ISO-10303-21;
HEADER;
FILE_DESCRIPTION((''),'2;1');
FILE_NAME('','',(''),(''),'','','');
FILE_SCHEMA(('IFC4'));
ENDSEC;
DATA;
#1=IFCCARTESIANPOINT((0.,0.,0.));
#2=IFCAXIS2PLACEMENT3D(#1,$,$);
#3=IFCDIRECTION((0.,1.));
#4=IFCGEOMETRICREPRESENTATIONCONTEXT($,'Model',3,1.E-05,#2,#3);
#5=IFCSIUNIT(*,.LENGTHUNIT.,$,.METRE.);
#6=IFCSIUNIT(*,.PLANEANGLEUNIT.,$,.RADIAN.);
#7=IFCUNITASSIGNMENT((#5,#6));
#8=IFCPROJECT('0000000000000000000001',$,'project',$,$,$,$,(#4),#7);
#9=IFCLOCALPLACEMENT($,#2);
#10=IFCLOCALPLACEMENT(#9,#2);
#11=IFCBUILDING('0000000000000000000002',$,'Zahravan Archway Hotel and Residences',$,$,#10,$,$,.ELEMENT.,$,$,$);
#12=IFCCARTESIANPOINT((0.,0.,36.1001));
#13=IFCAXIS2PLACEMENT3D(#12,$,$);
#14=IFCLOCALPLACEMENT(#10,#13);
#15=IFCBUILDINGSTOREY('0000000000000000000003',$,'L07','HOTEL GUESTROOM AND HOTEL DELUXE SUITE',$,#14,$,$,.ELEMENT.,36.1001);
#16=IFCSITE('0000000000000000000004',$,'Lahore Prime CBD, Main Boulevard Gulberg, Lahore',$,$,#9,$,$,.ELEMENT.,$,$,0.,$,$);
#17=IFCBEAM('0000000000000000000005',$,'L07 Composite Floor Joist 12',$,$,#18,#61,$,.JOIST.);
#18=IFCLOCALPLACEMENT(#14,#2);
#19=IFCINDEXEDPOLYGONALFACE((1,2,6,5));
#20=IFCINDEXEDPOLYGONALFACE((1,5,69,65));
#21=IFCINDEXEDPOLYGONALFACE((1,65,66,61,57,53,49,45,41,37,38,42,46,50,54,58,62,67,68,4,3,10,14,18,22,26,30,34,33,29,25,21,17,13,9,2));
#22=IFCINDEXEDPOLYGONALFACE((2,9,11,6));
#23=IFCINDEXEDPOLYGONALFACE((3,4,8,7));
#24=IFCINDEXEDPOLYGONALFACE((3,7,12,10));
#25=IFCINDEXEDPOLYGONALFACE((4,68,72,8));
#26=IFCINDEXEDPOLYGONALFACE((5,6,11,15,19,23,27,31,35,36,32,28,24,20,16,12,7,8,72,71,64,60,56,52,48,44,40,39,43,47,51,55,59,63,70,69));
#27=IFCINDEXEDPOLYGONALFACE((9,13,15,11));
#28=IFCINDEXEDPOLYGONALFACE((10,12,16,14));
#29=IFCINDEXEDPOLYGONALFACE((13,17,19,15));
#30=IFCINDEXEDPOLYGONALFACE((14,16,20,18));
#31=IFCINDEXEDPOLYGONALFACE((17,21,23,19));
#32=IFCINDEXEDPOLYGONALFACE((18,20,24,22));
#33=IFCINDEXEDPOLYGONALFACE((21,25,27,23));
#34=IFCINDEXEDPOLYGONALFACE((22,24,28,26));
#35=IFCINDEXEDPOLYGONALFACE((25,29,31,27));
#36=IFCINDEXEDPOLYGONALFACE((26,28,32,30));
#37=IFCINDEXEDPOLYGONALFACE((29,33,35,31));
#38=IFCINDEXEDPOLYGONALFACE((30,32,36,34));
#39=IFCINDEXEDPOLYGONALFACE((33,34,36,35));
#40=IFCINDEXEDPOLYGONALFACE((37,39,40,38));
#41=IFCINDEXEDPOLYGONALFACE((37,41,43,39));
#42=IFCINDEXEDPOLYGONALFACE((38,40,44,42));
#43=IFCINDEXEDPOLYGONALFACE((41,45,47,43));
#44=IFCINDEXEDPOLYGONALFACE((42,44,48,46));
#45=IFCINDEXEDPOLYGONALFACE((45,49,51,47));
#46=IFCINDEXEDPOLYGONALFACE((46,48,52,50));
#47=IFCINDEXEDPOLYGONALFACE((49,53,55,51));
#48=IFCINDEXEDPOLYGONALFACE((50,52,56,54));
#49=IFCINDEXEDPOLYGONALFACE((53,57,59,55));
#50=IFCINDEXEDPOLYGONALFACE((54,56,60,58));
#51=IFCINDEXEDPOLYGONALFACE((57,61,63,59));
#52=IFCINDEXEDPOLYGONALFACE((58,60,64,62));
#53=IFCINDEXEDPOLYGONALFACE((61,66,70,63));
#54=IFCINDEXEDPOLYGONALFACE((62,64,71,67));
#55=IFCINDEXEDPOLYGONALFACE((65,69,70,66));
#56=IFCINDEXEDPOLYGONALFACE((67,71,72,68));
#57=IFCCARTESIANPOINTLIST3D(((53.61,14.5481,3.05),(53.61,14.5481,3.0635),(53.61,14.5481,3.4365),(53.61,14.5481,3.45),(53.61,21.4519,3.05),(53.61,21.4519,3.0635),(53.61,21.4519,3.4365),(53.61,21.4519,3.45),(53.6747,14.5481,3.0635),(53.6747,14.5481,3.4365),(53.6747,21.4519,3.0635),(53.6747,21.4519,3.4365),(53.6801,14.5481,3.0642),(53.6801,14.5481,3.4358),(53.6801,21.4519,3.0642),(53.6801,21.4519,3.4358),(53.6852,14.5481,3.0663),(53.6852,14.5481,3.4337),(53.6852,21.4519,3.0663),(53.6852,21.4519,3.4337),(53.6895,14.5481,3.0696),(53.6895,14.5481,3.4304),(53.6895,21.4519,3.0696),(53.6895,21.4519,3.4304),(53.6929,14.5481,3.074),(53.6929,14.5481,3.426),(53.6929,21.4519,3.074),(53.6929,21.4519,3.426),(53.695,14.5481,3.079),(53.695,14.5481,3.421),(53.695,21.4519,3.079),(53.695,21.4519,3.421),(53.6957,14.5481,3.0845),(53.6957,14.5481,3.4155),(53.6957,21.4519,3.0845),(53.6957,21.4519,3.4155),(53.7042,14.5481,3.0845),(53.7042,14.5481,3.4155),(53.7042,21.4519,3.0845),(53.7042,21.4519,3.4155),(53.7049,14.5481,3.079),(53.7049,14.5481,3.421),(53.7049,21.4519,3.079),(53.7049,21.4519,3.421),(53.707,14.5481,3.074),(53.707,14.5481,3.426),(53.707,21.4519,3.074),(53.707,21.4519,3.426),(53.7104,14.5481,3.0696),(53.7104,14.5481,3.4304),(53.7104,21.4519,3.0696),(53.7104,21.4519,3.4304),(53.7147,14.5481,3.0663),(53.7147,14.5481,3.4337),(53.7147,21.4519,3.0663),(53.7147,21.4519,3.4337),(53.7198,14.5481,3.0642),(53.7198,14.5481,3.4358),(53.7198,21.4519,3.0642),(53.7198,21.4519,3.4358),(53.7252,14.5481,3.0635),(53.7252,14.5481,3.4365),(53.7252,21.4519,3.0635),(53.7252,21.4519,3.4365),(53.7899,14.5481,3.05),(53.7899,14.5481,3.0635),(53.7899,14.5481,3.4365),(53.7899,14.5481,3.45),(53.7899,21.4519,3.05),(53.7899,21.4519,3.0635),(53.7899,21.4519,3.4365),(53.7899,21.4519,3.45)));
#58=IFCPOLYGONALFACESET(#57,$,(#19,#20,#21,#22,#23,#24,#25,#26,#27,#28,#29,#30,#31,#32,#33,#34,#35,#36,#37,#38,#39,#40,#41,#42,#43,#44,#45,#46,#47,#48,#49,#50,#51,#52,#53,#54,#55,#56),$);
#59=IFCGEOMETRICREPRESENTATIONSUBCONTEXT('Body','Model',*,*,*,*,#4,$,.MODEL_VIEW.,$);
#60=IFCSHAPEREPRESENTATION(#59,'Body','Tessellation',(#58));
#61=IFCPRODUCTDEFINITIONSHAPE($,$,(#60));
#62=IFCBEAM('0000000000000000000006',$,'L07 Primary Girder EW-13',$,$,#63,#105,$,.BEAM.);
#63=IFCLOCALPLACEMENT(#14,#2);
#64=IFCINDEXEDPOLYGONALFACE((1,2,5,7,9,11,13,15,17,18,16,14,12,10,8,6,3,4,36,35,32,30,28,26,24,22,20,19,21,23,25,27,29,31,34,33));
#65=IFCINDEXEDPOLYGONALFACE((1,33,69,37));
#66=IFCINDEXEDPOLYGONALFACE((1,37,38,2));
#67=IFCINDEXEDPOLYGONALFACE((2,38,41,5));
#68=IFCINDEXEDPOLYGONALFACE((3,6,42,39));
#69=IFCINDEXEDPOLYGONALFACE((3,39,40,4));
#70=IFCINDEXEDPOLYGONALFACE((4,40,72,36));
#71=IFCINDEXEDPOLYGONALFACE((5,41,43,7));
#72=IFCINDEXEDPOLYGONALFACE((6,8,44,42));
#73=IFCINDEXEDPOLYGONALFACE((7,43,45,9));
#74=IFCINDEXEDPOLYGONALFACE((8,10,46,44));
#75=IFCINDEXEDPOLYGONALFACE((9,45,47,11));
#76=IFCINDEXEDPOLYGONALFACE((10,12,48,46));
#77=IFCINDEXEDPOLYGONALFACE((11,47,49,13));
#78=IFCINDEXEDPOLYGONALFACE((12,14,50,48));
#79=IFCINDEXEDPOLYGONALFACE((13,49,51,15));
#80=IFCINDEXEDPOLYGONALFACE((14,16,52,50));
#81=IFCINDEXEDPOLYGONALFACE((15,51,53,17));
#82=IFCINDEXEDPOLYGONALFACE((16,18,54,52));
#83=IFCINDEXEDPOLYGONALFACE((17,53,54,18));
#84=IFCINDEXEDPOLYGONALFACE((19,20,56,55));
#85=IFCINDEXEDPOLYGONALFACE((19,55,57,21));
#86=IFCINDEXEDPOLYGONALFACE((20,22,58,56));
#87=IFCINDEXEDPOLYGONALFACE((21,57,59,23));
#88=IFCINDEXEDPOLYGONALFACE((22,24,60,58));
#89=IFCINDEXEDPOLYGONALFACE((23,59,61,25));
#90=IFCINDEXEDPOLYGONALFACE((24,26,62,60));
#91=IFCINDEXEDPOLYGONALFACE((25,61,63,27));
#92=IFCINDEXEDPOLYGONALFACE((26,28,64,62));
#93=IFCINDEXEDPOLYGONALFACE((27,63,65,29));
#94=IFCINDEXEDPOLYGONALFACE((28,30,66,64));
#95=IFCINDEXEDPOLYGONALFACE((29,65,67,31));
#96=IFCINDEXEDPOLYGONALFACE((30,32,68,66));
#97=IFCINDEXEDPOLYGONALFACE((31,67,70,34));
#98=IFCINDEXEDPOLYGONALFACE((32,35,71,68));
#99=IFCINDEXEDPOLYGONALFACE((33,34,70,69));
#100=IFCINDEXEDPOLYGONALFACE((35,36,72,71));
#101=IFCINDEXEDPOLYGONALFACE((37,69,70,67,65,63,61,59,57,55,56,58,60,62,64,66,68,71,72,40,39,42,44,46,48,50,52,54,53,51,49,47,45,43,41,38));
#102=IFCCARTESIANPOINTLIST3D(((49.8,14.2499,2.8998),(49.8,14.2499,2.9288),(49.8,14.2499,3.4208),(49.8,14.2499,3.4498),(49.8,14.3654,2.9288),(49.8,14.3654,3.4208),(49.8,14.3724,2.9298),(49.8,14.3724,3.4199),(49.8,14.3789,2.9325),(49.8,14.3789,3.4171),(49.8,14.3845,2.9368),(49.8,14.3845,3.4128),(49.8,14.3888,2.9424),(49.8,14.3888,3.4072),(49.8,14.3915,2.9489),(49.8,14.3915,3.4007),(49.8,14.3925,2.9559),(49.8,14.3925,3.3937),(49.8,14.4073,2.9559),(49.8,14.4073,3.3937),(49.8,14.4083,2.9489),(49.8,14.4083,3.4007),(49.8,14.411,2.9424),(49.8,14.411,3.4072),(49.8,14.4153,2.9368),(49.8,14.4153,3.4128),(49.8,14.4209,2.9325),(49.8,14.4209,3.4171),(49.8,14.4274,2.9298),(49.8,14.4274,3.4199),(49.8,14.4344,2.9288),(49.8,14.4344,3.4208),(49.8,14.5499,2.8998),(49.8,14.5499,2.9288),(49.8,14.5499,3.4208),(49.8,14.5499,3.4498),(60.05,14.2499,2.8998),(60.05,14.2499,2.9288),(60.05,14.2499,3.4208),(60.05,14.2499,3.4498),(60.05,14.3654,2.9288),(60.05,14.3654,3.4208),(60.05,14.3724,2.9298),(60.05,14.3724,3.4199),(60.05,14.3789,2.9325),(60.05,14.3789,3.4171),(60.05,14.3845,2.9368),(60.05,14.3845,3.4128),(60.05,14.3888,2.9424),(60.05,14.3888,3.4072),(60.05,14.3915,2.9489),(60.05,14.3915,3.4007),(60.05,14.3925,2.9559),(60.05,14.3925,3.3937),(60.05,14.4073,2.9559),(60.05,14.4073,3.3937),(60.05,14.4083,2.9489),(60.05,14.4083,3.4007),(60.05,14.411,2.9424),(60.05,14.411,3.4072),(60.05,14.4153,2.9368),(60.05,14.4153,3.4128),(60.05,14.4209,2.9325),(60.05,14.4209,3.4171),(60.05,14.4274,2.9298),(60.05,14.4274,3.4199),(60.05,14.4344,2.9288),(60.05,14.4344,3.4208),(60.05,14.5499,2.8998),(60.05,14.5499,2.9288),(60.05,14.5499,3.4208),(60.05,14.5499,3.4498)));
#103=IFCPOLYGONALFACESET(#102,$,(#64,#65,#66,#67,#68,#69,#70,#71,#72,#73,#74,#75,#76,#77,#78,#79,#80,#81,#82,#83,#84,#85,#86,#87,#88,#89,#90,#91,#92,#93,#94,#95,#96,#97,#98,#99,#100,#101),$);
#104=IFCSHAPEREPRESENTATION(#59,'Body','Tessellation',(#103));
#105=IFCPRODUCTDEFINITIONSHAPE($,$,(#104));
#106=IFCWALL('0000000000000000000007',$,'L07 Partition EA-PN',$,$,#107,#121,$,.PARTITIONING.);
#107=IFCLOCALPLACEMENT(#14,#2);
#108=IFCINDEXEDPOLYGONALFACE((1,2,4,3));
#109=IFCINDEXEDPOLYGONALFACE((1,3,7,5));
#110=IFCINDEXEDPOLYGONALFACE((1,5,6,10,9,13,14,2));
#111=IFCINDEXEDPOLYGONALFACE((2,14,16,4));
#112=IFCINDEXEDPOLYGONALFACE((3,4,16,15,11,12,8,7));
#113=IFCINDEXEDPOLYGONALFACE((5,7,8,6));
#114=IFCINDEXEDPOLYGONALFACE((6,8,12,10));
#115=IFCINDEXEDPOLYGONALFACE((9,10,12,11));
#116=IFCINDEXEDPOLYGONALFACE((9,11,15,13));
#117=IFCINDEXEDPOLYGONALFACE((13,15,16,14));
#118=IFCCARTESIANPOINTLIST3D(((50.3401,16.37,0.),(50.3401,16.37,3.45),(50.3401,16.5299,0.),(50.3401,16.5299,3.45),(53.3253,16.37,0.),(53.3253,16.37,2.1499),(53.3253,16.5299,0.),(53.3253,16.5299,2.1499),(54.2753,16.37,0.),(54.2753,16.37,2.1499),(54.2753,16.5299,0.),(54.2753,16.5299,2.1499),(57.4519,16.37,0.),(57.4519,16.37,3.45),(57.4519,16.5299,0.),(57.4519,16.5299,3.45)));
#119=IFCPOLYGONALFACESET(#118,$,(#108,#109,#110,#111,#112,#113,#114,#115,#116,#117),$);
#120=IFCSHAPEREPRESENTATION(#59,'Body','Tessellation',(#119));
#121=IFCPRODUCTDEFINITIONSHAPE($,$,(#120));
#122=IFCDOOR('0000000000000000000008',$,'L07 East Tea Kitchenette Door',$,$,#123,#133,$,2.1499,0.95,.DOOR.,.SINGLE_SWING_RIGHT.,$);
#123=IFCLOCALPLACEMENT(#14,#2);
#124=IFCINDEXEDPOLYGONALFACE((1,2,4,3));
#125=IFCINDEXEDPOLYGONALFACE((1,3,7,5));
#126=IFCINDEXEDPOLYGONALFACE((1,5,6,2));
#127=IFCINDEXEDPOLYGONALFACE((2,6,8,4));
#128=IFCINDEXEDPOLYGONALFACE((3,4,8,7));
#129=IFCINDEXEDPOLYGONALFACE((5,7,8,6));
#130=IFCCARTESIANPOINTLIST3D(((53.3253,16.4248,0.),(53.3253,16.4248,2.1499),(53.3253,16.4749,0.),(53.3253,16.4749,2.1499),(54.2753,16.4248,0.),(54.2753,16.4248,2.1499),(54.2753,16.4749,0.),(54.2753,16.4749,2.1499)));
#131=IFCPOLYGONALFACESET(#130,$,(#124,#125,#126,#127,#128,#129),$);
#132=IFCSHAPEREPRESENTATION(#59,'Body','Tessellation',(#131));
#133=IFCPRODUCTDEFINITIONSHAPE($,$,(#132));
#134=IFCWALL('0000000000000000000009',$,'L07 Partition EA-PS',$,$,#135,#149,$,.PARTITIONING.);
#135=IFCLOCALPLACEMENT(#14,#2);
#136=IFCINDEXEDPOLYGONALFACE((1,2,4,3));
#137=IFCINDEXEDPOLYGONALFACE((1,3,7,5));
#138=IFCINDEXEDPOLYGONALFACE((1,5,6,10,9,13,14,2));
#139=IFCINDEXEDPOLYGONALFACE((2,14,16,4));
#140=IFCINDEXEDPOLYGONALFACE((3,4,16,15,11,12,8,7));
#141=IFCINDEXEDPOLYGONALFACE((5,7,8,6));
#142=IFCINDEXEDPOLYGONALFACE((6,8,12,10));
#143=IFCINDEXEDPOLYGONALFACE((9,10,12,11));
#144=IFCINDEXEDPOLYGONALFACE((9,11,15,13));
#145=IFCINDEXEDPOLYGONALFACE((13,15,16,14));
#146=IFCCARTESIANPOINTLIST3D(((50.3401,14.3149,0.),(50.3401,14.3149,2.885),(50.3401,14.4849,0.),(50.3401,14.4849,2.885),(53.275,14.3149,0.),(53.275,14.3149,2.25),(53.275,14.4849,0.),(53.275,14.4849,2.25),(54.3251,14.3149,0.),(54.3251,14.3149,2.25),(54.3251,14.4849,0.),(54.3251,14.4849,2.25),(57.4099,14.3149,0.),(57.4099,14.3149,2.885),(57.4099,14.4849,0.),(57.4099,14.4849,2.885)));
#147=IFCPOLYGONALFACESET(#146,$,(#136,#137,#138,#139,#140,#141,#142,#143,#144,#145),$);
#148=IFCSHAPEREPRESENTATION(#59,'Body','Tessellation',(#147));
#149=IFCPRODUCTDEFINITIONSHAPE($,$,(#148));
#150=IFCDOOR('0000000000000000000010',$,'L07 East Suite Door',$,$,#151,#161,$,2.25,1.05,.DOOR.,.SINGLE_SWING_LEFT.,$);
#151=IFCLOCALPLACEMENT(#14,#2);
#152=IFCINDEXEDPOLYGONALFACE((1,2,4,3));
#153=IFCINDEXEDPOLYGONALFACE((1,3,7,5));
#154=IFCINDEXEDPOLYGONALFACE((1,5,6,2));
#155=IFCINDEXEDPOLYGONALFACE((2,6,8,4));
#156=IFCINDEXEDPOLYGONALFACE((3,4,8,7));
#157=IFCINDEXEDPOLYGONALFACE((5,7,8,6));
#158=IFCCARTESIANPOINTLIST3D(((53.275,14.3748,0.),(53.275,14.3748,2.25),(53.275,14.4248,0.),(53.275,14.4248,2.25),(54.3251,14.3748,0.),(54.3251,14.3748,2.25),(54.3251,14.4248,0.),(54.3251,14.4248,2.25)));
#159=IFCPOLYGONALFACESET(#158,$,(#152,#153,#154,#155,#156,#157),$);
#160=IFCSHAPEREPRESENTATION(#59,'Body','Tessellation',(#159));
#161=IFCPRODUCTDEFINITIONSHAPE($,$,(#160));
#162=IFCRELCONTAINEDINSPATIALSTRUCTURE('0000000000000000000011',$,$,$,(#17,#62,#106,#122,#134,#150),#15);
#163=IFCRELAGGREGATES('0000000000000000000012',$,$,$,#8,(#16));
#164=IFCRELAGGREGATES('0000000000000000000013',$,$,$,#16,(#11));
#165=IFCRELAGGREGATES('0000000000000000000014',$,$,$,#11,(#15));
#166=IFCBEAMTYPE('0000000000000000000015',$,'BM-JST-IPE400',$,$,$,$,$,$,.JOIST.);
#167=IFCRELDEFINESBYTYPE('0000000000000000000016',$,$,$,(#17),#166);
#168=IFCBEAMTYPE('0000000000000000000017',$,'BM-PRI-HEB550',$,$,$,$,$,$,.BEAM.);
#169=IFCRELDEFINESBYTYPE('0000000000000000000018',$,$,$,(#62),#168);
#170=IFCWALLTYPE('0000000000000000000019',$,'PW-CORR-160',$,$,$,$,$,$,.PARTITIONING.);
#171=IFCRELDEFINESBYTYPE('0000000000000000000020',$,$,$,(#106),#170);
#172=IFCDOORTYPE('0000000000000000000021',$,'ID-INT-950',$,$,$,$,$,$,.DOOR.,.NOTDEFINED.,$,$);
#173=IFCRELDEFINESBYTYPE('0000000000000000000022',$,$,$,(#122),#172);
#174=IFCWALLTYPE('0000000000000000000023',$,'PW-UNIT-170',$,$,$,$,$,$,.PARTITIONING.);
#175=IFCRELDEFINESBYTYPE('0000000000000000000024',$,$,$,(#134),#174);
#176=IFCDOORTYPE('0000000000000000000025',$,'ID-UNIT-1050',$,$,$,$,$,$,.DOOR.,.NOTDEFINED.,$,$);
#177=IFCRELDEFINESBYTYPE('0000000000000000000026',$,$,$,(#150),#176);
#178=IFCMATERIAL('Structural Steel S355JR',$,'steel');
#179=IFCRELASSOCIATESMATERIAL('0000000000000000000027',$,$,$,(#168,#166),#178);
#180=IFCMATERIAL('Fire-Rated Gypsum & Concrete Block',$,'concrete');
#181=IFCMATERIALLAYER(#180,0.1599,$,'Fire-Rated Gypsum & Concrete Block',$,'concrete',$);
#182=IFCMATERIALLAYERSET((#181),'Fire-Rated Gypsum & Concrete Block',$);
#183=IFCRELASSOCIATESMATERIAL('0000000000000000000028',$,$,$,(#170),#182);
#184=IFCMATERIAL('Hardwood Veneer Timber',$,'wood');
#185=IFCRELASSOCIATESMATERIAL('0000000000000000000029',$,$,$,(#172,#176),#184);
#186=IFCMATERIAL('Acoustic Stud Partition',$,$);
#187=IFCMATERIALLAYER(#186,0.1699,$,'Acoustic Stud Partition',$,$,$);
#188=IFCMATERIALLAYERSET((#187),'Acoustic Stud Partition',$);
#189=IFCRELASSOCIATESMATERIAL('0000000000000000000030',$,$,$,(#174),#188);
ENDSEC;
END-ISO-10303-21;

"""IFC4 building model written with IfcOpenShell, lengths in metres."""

from ifc_helpers import new_model, si_unit, direction, frame, frame_2d, origin, origin_2d, place, context, subcontext, project, spatial, rectangle, i_section, extrude, source, transform, mapped, material, layer, layer_set, material_profile, profile_set, type_object, type_shapes, element, fill, save


model = new_model("IFC4")

# Units and contexts
model_context = context("Model", 3, precision=1e-05, world=origin(), true_north=direction((0.0, 1.0)))
body_context = subcontext(model_context, "Body", "Model", "MODEL_VIEW")
ifc_project = project(units=[si_unit("LENGTHUNIT", "METRE"), si_unit("PLANEANGLEUNIT", "RADIAN")], contexts=[model_context])

# Site, building, storey
site_placement = place(None, origin())
site = spatial("IfcSite", under=ifc_project, at=site_placement, Name="Lahore Prime CBD, Main Boulevard Gulberg, Lahore", CompositionType="ELEMENT", RefElevation=0.0)
building_placement = place(site_placement, origin())
building = spatial("IfcBuilding", under=site, at=building_placement, Name="Zahravan Archway Hotel and Residences", CompositionType="ELEMENT")
storey_placement = place(building_placement, frame((0.0, 0.0, 36.1001)))
storey = spatial("IfcBuildingStorey", under=building, at=storey_placement, Name="L07", Description="HOTEL GUESTROOM AND HOTEL DELUXE SUITE", CompositionType="ELEMENT", Elevation=36.1001)

# Beams
ifc_material_1 = material(Name="Structural Steel S355JR", Category="steel")
ifc_material_profile_1 = material_profile(ifc_material_1, i_section(OverallWidth=0.3, OverallDepth=0.55, WebThickness=0.0149, FlangeThickness=0.0291, FilletRadius=0.0271, at=origin_2d()), Name="HEB 550", Category="steel")
ifc_profile_set_1 = profile_set([ifc_material_profile_1], Name="Structural Steel S355JR")
beam_type_1 = type_object("IfcBeamType", Name="BM-PRI-HEB550", PredefinedType="BEAM", material=ifc_profile_set_1)
ifc_material_profile_2 = material_profile(ifc_material_1, i_section(OverallWidth=0.1799, OverallDepth=0.3999, WebThickness=0.0085, FlangeThickness=0.0134, FilletRadius=0.021, at=origin_2d()), Name="IPE 400", Category="steel")
ifc_profile_set_2 = profile_set([ifc_material_profile_2], Name="Structural Steel S355JR")
beam_type_2 = type_object("IfcBeamType", Name="BM-JST-IPE400", PredefinedType="JOIST", material=ifc_profile_set_2)
shared_shape_1 = source(origin(), body_context, "Body", "SweptSolid", [
    extrude(i_section(OverallWidth=0.1799, OverallDepth=0.3999, WebThickness=0.0085, FlangeThickness=0.0134, FilletRadius=0.021, at=origin_2d()), origin(), (0.0, 0.0, 1.0), 6.9038),
])
beam_1_placement = place(storey_placement, frame((53.7, 14.5481, 3.25), z_axis=(0.0, 1.0, 0.0), x_axis=(-1.0, 0.0, 0.0)))
element("IfcBeam", 1, at=beam_1_placement, inside=storey, type_object=beam_type_2, Name="L07 Composite Floor Joist 12", PredefinedType="JOIST", context=body_context, shape_type="MappedRepresentation", body=[
    mapped(shared_shape_1, transform((0.0, 0.0, 0.0), scale=1.0)),
])
shared_shape_2 = source(origin(), body_context, "Body", "SweptSolid", [
    extrude(i_section(OverallWidth=0.3, OverallDepth=0.55, WebThickness=0.0149, FlangeThickness=0.0291, FilletRadius=0.0271, at=origin_2d()), origin(), (0.0, 0.0, 1.0), 10.25),
])
beam_2_placement = place(storey_placement, frame((49.8, 14.3999, 3.1748), z_axis=(1.0, 0.0, 0.0), x_axis=(0.0, 1.0, 0.0)))
element("IfcBeam", 2, at=beam_2_placement, inside=storey, type_object=beam_type_1, Name="L07 Primary Girder EW-13", PredefinedType="BEAM", context=body_context, shape_type="MappedRepresentation", body=[
    mapped(shared_shape_2, transform((0.0, 0.0, 0.0), scale=1.0)),
])

# Walls, openings, doors
ifc_material_2 = material(Name="Fire-Rated Gypsum & Concrete Block", Category="concrete")
ifc_layer_1 = layer(ifc_material_2, 0.1599, Name="Fire-Rated Gypsum & Concrete Block", Category="concrete")
ifc_layer_set_1 = layer_set([ifc_layer_1], Name="Fire-Rated Gypsum & Concrete Block")
wall_type_1 = type_object("IfcWallType", Name="PW-CORR-160", PredefinedType="PARTITIONING", material=ifc_layer_set_1)
wall_1_placement = place(storey_placement, frame((50.3401, 16.45, 0.0), z_axis=(0.0, 0.0, 1.0), x_axis=(1.0, 0.0, 0.0)))
wall_1 = element("IfcWall", 3, at=wall_1_placement, inside=storey, type_object=wall_type_1, Name="L07 Partition EA-PN", PredefinedType="PARTITIONING", context=body_context, shape_type="SweptSolid", body=[
    extrude(rectangle(XDim=7.1118, YDim=0.1599, at=frame_2d((3.5559, 0.0))), origin(), (0.0, 0.0, 1.0), 3.45),
])
opening_1_placement = place(wall_1_placement, frame((2.9851, 0.0, 0.0)))
opening_1 = element("IfcOpeningElement", 4, at=opening_1_placement, cuts=wall_1, PredefinedType="OPENING", context=body_context, shape_type="SweptSolid", body=[
    extrude(rectangle(XDim=0.95, YDim=2.1499, at=frame_2d((0.4751, 1.075))), frame((0.0, 0.0898, 0.0), z_axis=(0.0, -1.0, 0.0), x_axis=(1.0, 0.0, 0.0)), (0.0, 0.0, 1.0), 0.1799),
])
ifc_material_3 = material(Name="Hardwood Veneer Timber", Category="wood")
door_type_1 = type_object("IfcDoorType", Name="ID-INT-950", OperationType="NOTDEFINED", PredefinedType="DOOR", material=ifc_material_3)
shared_shape_3 = source(origin(), body_context, "Body", "SweptSolid", [
    extrude(rectangle(XDim=0.95, YDim=2.1499, at=frame_2d((0.4751, 1.075))), frame((0.0, 0.0249, 0.0), z_axis=(0.0, -1.0, 0.0), x_axis=(1.0, 0.0, 0.0)), (0.0, 0.0, 1.0), 0.05),
])
type_shapes(door_type_1, [shared_shape_3])
door_1_placement = place(opening_1_placement, origin())
door_1 = element("IfcDoor", 5, at=door_1_placement, inside=storey, type_object=door_type_1, Name="L07 East Tea Kitchenette Door", OperationType="SINGLE_SWING_RIGHT", OverallHeight=2.1499, OverallWidth=0.95, PredefinedType="DOOR", context=body_context, shape_type="MappedRepresentation", body=[
    mapped(shared_shape_3, transform((0.0, 0.0, 0.0), scale=1.0)),
])
fill(opening_1, door_1)
ifc_material_4 = material(Name="Acoustic Stud Partition")
ifc_layer_2 = layer(ifc_material_4, 0.1699, Name="Acoustic Stud Partition")
ifc_layer_set_2 = layer_set([ifc_layer_2], Name="Acoustic Stud Partition")
wall_type_2 = type_object("IfcWallType", Name="PW-UNIT-170", PredefinedType="PARTITIONING", material=ifc_layer_set_2)
wall_2_placement = place(storey_placement, frame((50.3401, 14.3999, 0.0), z_axis=(0.0, 0.0, 1.0), x_axis=(1.0, 0.0, 0.0)))
wall_2 = element("IfcWall", 6, at=wall_2_placement, inside=storey, type_object=wall_type_2, Name="L07 Partition EA-PS", PredefinedType="PARTITIONING", context=body_context, shape_type="SweptSolid", body=[
    extrude(rectangle(XDim=7.0698, YDim=0.1699, at=frame_2d((3.5349, 0.0))), origin(), (0.0, 0.0, 1.0), 2.885),
])
opening_2_placement = place(wall_2_placement, frame((2.9351, 0.0, 0.0)))
opening_2 = element("IfcOpeningElement", 7, at=opening_2_placement, cuts=wall_2, PredefinedType="OPENING", context=body_context, shape_type="SweptSolid", body=[
    extrude(rectangle(XDim=1.05, YDim=2.25, at=frame_2d((0.5249, 1.125))), frame((0.0, 0.095, 0.0), z_axis=(0.0, -1.0, 0.0), x_axis=(1.0, 0.0, 0.0)), (0.0, 0.0, 1.0), 0.1899),
])
door_type_2 = type_object("IfcDoorType", Name="ID-UNIT-1050", OperationType="NOTDEFINED", PredefinedType="DOOR", material=ifc_material_3)
shared_shape_4 = source(origin(), body_context, "Body", "SweptSolid", [
    extrude(rectangle(XDim=1.05, YDim=2.25, at=frame_2d((0.5249, 1.125))), frame((0.0, 0.0249, 0.0), z_axis=(0.0, -1.0, 0.0), x_axis=(1.0, 0.0, 0.0)), (0.0, 0.0, 1.0), 0.05),
])
type_shapes(door_type_2, [shared_shape_4])
door_2_placement = place(opening_2_placement, origin())
door_2 = element("IfcDoor", 8, at=door_2_placement, inside=storey, type_object=door_type_2, Name="L07 East Suite Door", OperationType="SINGLE_SWING_LEFT", OverallHeight=2.25, OverallWidth=1.05, PredefinedType="DOOR", context=body_context, shape_type="MappedRepresentation", body=[
    mapped(shared_shape_4, transform((0.0, 0.0, 0.0), scale=1.0)),
])
fill(opening_2, door_2)

save(model, "model.ifc")
